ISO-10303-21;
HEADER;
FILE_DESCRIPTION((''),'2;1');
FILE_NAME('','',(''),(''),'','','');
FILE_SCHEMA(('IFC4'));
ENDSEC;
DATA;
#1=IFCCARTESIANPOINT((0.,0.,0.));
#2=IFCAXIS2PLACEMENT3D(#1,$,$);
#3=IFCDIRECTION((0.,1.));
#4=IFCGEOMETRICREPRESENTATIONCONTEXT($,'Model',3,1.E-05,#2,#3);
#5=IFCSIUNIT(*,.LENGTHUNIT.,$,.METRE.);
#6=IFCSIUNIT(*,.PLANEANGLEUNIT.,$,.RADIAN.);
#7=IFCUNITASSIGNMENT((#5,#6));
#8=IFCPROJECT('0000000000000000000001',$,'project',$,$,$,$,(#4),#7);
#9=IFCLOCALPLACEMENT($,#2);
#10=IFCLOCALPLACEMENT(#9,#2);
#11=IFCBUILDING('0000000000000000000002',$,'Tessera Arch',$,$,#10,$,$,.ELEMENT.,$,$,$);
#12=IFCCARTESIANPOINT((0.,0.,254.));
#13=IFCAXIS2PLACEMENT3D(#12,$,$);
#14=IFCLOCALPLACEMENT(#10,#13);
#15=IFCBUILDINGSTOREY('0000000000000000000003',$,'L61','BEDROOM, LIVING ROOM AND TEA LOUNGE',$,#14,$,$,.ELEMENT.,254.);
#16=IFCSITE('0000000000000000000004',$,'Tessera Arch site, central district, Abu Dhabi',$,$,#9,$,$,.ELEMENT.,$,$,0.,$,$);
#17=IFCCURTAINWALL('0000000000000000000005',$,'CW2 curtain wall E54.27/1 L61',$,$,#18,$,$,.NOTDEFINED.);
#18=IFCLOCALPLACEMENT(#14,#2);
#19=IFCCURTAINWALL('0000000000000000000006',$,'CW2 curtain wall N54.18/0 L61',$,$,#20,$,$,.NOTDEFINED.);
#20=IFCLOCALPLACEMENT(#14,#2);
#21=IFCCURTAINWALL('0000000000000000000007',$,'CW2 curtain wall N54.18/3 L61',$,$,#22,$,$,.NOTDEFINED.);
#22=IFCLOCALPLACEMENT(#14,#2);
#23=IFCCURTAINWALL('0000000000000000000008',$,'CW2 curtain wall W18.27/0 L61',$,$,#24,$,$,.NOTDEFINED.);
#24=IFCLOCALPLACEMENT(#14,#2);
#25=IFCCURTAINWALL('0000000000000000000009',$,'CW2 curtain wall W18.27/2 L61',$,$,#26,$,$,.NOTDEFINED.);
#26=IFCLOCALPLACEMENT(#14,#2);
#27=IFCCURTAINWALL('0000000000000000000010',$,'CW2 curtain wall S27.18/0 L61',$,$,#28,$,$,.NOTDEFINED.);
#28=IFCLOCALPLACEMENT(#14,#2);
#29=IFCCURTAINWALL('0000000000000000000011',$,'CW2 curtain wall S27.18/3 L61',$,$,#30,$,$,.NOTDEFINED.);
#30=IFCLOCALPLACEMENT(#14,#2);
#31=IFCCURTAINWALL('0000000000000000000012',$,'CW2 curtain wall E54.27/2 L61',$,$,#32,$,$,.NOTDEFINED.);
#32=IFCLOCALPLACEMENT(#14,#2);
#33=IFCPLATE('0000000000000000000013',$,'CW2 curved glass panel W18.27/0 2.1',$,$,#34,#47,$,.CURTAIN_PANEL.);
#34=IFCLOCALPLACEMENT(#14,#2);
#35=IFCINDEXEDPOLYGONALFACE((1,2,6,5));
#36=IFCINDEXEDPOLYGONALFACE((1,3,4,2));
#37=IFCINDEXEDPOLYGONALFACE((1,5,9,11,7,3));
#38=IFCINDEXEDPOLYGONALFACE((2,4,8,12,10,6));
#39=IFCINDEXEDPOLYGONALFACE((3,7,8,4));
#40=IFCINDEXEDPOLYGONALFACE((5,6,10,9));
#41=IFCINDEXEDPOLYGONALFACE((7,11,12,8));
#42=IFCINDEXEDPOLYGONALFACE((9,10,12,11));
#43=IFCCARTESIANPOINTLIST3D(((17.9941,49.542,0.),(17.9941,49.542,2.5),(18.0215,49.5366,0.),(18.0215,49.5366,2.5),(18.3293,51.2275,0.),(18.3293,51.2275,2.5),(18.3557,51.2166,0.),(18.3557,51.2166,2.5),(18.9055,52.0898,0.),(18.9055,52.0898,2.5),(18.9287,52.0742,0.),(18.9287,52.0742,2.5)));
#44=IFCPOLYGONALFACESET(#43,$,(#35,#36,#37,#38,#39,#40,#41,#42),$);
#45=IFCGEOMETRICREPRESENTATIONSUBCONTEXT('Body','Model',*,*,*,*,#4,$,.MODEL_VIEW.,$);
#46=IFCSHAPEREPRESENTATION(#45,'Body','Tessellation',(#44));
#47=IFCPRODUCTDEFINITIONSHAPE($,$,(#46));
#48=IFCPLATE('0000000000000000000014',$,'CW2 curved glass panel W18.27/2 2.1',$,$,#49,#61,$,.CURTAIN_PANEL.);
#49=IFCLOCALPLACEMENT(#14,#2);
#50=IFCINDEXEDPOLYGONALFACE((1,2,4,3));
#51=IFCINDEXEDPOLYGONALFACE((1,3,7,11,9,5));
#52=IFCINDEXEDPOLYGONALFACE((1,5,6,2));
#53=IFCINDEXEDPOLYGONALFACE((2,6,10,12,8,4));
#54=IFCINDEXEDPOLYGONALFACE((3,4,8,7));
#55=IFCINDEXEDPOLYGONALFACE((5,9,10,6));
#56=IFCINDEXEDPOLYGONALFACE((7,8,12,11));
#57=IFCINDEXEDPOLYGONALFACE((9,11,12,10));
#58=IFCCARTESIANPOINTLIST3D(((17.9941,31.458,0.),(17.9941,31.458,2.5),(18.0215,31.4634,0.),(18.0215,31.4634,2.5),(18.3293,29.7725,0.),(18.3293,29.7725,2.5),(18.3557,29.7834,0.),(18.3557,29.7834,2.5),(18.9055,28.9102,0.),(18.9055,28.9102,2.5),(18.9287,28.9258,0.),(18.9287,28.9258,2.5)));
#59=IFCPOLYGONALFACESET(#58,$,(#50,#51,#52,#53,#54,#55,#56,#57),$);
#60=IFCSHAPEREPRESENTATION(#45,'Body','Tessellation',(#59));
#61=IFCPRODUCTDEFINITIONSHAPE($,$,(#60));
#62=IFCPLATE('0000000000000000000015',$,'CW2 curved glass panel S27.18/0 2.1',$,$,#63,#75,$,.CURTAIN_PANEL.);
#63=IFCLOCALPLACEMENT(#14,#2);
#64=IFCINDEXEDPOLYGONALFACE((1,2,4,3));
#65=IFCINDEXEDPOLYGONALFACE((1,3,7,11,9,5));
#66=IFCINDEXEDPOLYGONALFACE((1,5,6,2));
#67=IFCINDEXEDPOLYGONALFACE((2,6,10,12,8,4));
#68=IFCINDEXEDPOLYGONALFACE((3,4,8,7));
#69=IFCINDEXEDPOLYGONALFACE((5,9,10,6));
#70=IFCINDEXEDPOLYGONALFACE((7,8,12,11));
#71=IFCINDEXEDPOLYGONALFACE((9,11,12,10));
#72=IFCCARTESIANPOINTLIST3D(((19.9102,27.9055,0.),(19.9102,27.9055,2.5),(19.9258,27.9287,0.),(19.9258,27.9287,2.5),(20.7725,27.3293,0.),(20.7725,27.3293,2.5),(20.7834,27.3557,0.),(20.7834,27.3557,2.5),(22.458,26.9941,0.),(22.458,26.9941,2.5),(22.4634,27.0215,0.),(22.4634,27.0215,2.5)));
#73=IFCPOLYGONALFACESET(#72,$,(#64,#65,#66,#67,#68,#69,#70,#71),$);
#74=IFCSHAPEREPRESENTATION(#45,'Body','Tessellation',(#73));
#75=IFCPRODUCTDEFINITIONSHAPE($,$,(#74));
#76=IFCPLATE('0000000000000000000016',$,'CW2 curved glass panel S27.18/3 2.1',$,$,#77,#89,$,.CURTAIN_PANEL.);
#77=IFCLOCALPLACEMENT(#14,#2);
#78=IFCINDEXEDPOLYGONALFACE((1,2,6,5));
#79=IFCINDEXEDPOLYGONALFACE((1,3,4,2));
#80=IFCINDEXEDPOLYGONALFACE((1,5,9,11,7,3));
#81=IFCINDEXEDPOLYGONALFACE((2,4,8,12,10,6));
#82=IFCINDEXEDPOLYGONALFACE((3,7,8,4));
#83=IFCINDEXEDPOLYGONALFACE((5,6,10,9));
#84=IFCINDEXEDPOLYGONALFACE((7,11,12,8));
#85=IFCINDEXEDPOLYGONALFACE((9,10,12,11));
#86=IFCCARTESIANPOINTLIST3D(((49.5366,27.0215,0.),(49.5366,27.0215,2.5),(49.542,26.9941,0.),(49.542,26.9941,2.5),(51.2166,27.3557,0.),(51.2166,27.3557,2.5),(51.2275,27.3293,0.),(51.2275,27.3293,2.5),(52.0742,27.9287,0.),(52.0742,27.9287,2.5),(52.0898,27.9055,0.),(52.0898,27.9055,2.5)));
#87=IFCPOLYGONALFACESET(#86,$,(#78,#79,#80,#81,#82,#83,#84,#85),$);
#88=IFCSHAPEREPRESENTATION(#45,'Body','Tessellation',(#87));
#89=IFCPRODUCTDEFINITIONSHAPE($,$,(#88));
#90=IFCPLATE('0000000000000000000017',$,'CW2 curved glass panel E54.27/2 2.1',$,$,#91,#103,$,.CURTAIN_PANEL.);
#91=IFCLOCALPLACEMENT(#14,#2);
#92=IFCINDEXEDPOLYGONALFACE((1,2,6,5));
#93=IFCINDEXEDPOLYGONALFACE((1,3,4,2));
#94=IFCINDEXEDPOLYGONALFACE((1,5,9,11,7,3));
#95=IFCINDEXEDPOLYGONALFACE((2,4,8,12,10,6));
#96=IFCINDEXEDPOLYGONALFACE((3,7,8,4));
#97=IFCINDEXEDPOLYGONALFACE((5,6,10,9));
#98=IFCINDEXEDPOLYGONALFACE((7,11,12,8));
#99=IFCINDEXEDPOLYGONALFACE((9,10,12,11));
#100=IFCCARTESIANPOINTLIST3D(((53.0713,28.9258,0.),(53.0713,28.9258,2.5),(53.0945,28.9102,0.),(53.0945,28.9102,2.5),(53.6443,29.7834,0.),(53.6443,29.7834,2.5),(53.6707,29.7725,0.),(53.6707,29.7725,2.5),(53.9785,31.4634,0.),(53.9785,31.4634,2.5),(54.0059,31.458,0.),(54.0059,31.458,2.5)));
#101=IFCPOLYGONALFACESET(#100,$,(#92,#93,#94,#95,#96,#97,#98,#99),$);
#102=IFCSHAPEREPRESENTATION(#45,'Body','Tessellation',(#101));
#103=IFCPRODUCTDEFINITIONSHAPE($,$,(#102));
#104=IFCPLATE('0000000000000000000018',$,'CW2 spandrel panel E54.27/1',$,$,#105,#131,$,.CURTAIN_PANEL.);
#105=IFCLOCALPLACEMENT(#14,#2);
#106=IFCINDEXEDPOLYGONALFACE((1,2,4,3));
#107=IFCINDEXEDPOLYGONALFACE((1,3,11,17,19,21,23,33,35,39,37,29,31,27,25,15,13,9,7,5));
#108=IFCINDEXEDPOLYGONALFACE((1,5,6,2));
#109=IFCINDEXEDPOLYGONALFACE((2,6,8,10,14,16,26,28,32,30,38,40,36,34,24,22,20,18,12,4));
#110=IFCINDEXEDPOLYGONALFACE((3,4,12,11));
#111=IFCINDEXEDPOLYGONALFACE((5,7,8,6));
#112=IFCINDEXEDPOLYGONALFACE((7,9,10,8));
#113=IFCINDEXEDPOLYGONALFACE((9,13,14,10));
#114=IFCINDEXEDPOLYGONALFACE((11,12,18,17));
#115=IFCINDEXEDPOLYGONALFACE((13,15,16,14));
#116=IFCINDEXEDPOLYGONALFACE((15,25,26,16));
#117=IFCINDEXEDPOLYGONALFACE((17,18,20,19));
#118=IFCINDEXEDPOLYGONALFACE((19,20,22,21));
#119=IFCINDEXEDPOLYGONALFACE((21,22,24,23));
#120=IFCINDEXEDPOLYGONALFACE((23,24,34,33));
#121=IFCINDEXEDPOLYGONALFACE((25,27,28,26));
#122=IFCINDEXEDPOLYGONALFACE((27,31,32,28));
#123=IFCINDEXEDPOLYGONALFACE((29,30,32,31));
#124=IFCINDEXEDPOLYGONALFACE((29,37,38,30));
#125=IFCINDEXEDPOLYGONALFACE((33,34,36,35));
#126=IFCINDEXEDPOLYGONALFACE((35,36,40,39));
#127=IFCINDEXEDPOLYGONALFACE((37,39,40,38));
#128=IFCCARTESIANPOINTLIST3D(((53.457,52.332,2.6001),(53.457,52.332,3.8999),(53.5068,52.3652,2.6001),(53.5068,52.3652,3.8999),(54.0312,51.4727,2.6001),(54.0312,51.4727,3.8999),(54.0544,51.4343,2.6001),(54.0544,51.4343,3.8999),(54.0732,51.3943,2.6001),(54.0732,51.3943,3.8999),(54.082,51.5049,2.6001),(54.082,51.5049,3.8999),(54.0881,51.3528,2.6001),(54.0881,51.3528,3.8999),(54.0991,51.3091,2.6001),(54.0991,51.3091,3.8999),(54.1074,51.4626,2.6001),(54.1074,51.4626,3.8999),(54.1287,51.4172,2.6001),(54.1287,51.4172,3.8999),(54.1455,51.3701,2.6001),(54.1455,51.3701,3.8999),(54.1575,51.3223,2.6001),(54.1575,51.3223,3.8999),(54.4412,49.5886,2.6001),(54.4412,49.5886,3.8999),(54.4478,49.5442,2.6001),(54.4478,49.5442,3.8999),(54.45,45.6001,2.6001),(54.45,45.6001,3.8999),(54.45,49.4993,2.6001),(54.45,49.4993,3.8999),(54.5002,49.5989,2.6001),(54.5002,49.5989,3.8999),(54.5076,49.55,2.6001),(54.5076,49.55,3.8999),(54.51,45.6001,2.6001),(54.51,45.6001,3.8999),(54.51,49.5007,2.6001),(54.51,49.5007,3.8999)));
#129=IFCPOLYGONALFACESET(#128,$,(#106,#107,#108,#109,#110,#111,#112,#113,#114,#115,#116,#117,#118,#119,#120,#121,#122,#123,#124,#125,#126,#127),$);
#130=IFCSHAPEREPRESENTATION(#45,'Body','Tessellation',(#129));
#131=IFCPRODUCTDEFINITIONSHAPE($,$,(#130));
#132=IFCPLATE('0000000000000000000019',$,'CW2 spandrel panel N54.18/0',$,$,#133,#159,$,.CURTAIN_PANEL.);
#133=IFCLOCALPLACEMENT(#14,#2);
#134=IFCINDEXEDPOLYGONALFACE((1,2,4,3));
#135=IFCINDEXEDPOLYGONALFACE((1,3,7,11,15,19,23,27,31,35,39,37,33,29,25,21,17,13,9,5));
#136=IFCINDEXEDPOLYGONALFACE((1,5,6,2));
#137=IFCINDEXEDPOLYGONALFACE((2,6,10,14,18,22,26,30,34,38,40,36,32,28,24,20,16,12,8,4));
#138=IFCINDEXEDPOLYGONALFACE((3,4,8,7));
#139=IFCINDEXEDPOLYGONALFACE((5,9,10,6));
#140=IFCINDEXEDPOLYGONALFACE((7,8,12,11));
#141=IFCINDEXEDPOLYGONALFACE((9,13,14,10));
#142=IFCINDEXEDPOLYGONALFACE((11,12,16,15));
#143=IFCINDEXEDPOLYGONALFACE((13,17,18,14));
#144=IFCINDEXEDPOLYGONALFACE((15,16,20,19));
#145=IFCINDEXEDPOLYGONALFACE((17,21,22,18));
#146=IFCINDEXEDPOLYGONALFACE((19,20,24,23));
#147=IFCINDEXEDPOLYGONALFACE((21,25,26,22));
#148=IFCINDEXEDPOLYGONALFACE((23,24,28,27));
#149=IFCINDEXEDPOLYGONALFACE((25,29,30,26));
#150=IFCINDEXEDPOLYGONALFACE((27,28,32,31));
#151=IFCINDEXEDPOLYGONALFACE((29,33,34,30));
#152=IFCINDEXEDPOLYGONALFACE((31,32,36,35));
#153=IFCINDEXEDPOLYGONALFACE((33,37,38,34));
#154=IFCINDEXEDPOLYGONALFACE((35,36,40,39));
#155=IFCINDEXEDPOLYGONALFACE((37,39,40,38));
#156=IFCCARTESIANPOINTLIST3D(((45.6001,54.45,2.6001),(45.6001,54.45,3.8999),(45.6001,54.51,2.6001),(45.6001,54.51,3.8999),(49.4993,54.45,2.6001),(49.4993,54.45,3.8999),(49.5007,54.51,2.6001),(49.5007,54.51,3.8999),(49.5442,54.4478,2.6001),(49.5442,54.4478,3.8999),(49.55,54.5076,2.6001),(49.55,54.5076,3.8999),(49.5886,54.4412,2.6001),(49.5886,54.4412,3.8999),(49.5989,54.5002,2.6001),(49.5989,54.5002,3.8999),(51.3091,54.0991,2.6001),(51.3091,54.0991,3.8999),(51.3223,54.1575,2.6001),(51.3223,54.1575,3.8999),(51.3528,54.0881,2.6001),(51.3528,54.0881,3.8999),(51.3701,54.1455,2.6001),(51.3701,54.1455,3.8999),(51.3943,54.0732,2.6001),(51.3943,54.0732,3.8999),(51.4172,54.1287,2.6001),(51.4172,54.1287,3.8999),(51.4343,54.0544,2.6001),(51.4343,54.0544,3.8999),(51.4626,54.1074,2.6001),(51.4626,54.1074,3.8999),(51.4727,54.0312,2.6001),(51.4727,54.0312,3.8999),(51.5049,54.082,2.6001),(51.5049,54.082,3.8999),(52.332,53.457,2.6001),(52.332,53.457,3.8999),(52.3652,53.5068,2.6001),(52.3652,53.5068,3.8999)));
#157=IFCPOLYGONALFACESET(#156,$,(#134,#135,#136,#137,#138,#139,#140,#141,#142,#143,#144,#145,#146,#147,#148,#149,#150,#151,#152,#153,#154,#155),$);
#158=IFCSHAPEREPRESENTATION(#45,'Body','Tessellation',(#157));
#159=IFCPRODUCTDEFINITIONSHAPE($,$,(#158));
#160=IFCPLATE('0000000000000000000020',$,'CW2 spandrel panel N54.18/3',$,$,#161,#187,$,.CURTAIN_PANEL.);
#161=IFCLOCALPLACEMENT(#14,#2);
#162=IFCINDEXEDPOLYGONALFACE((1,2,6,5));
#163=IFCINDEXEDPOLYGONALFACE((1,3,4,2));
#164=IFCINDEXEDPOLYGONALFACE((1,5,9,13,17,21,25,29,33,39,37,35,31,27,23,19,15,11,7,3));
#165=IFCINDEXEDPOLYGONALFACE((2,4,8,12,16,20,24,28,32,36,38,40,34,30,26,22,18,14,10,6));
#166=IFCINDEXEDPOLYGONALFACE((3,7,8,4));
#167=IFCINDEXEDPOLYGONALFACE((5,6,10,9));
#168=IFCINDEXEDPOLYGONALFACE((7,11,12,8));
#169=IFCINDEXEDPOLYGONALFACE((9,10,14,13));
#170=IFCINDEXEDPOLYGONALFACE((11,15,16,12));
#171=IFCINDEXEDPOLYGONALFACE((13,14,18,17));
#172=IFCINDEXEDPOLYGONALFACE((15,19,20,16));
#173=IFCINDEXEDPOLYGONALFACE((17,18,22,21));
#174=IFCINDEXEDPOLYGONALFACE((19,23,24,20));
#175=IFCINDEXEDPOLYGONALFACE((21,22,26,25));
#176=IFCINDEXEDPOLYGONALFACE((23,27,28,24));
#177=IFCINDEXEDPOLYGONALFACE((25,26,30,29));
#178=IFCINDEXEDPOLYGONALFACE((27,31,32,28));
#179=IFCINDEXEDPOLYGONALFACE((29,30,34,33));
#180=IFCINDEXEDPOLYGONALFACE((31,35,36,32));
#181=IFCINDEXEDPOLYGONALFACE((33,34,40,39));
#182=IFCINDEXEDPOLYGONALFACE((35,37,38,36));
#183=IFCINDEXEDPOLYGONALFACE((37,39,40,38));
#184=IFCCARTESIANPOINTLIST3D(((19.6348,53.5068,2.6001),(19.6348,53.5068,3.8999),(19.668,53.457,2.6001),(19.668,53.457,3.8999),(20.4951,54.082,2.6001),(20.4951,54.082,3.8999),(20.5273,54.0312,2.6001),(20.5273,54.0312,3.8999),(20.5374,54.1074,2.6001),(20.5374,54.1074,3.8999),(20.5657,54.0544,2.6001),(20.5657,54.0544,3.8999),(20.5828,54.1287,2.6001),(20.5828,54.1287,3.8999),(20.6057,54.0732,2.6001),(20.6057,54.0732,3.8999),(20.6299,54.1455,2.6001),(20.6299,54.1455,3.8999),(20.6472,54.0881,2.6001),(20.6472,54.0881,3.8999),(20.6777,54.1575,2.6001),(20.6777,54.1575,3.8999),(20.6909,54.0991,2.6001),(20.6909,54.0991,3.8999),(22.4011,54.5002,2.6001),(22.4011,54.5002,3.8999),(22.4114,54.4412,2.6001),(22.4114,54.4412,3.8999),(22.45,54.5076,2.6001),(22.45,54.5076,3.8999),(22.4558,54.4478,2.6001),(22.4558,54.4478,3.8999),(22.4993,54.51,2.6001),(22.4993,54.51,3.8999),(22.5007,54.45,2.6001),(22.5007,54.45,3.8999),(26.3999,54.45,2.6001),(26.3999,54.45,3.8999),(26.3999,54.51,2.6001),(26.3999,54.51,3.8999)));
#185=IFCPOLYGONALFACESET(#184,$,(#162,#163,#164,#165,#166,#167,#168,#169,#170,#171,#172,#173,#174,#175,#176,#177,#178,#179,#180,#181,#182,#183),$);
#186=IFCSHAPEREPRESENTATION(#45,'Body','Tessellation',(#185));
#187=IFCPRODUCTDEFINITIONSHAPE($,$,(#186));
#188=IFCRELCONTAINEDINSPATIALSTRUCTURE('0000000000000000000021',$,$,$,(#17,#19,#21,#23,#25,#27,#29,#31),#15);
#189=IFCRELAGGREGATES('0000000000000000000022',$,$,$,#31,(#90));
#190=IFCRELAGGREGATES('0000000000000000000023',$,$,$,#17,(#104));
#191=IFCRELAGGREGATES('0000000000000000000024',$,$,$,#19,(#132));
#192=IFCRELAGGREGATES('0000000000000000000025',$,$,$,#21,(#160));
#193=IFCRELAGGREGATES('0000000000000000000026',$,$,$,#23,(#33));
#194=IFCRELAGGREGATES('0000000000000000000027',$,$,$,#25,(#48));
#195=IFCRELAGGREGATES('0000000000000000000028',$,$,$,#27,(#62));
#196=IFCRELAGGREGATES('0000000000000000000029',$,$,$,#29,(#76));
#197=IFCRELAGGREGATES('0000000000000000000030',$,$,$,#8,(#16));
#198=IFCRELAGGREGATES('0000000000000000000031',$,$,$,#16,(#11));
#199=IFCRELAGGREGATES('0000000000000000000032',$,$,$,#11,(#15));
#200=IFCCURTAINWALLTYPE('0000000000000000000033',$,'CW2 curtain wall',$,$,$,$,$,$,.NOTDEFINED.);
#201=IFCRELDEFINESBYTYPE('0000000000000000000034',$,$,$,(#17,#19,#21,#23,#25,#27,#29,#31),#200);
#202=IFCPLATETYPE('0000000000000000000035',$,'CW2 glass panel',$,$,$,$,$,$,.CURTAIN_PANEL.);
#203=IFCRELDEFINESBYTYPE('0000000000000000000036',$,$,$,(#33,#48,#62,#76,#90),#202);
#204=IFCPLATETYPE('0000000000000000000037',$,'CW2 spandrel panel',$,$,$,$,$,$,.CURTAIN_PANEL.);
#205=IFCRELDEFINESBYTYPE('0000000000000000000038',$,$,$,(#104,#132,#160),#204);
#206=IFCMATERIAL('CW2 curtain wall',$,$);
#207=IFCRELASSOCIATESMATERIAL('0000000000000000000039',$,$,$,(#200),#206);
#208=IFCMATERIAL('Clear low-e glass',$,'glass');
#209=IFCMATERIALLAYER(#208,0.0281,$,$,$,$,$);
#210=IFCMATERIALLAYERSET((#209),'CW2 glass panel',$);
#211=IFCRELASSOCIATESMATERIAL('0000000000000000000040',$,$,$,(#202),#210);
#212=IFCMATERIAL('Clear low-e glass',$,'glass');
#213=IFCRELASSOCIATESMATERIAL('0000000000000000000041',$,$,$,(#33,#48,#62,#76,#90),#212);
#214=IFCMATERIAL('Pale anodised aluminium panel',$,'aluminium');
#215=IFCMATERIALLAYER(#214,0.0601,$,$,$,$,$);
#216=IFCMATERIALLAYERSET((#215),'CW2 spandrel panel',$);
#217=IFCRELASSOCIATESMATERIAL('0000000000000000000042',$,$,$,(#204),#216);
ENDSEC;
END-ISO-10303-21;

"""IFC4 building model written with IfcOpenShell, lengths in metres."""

from ifc_helpers import new_model, si_unit, direction, frame, origin, place, context, subcontext, project, spatial, polyline, outline, extrude, material, layer, layer_set, type_object, element, aggregate, save


model = new_model("IFC4")

# Units and contexts
model_context = context("Model", 3, precision=1e-05, world=origin(), true_north=direction((0.0, 1.0)))
body_context = subcontext(model_context, "Body", "Model", "MODEL_VIEW")
ifc_project = project(units=[si_unit("LENGTHUNIT", "METRE"), si_unit("PLANEANGLEUNIT", "RADIAN")], contexts=[model_context])

# Site, building, storey
site_placement = place(None, origin())
site = spatial("IfcSite", under=ifc_project, at=site_placement, Name="Tessera Arch site, central district, Abu Dhabi", CompositionType="ELEMENT", RefElevation=0.0)
building_placement = place(site_placement, origin())
building = spatial("IfcBuilding", under=site, at=building_placement, Name="Tessera Arch", CompositionType="ELEMENT")
storey_placement = place(building_placement, frame((0.0, 0.0, 254.0)))
storey = spatial("IfcBuildingStorey", under=building, at=storey_placement, Name="L61", Description="BEDROOM, LIVING ROOM AND TEA LOUNGE", CompositionType="ELEMENT", Elevation=254.0)

# Curtain walls
ifc_material_1 = material(Name="CW2 curtain wall")
curtain_wall_type = type_object("IfcCurtainWallType", Name="CW2 curtain wall", PredefinedType="NOTDEFINED", material=ifc_material_1)
curtain_wall_1_placement = place(storey_placement, origin())
curtain_wall_1 = element("IfcCurtainWall", 1, at=curtain_wall_1_placement, inside=storey, type_object=curtain_wall_type, Name="CW2 curtain wall E54.27/1 L61", PredefinedType="NOTDEFINED")
curtain_wall_2_placement = place(storey_placement, origin())
curtain_wall_2 = element("IfcCurtainWall", 2, at=curtain_wall_2_placement, inside=storey, type_object=curtain_wall_type, Name="CW2 curtain wall N54.18/0 L61", PredefinedType="NOTDEFINED")
curtain_wall_3_placement = place(storey_placement, origin())
curtain_wall_3 = element("IfcCurtainWall", 3, at=curtain_wall_3_placement, inside=storey, type_object=curtain_wall_type, Name="CW2 curtain wall N54.18/3 L61", PredefinedType="NOTDEFINED")
curtain_wall_4_placement = place(storey_placement, origin())
curtain_wall_4 = element("IfcCurtainWall", 4, at=curtain_wall_4_placement, inside=storey, type_object=curtain_wall_type, Name="CW2 curtain wall W18.27/0 L61", PredefinedType="NOTDEFINED")
curtain_wall_5_placement = place(storey_placement, origin())
curtain_wall_5 = element("IfcCurtainWall", 5, at=curtain_wall_5_placement, inside=storey, type_object=curtain_wall_type, Name="CW2 curtain wall W18.27/2 L61", PredefinedType="NOTDEFINED")
curtain_wall_6_placement = place(storey_placement, origin())
curtain_wall_6 = element("IfcCurtainWall", 6, at=curtain_wall_6_placement, inside=storey, type_object=curtain_wall_type, Name="CW2 curtain wall S27.18/0 L61", PredefinedType="NOTDEFINED")
curtain_wall_7_placement = place(storey_placement, origin())
curtain_wall_7 = element("IfcCurtainWall", 7, at=curtain_wall_7_placement, inside=storey, type_object=curtain_wall_type, Name="CW2 curtain wall S27.18/3 L61", PredefinedType="NOTDEFINED")
curtain_wall_8_placement = place(storey_placement, origin())
curtain_wall_8 = element("IfcCurtainWall", 8, at=curtain_wall_8_placement, inside=storey, type_object=curtain_wall_type, Name="CW2 curtain wall E54.27/2 L61", PredefinedType="NOTDEFINED")

# Plates
ifc_material_2 = material(Name="Clear low-e glass", Category="glass")
ifc_material_3 = material(Name="Clear low-e glass", Category="glass")
ifc_layer_1 = layer(ifc_material_3, 0.0281)
ifc_layer_set_1 = layer_set([ifc_layer_1], Name="CW2 glass panel")
plate_type_1 = type_object("IfcPlateType", Name="CW2 glass panel", PredefinedType="CURTAIN_PANEL", material=ifc_layer_set_1)
plate_1_placement = place(storey_placement, origin())
plate_1 = element("IfcPlate", 9, at=plate_1_placement, type_object=plate_type_1, material=ifc_material_2, Name="CW2 curved glass panel W18.27/0 2.1", PredefinedType="CURTAIN_PANEL", context=body_context, shape_type="SweptSolid", body=[
    extrude(outline(polyline([(18.3557, 51.2166), (18.9287, 52.0742), (18.9055, 52.0898), (18.3293, 51.2275), (17.9941, 49.542), (18.0215, 49.5366), (18.3557, 51.2166)])), origin(), (0.0, 0.0, 1.0), 2.5),
])
plate_2_placement = place(storey_placement, origin())
plate_2 = element("IfcPlate", 10, at=plate_2_placement, type_object=plate_type_1, material=ifc_material_2, Name="CW2 curved glass panel W18.27/2 2.1", PredefinedType="CURTAIN_PANEL", context=body_context, shape_type="SweptSolid", body=[
    extrude(outline(polyline([(18.3557, 29.7834), (18.0215, 31.4634), (17.9941, 31.458), (18.3293, 29.7725), (18.9055, 28.9102), (18.9287, 28.9258), (18.3557, 29.7834)])), origin(), (0.0, 0.0, 1.0), 2.5),
])
plate_3_placement = place(storey_placement, origin())
plate_3 = element("IfcPlate", 11, at=plate_3_placement, type_object=plate_type_1, material=ifc_material_2, Name="CW2 curved glass panel S27.18/0 2.1", PredefinedType="CURTAIN_PANEL", context=body_context, shape_type="SweptSolid", body=[
    extrude(outline(polyline([(20.7834, 27.3557), (19.9258, 27.9287), (19.9102, 27.9055), (20.7725, 27.3293), (22.458, 26.9941), (22.4634, 27.0215), (20.7834, 27.3557)])), origin(), (0.0, 0.0, 1.0), 2.5),
])
plate_4_placement = place(storey_placement, origin())
plate_4 = element("IfcPlate", 12, at=plate_4_placement, type_object=plate_type_1, material=ifc_material_2, Name="CW2 curved glass panel S27.18/3 2.1", PredefinedType="CURTAIN_PANEL", context=body_context, shape_type="SweptSolid", body=[
    extrude(outline(polyline([(51.2166, 27.3557), (49.5366, 27.0215), (49.542, 26.9941), (51.2275, 27.3293), (52.0898, 27.9055), (52.0742, 27.9287), (51.2166, 27.3557)])), origin(), (0.0, 0.0, 1.0), 2.5),
])
plate_5_placement = place(storey_placement, origin())
plate_5 = element("IfcPlate", 13, at=plate_5_placement, type_object=plate_type_1, material=ifc_material_2, Name="CW2 curved glass panel E54.27/2 2.1", PredefinedType="CURTAIN_PANEL", context=body_context, shape_type="SweptSolid", body=[
    extrude(outline(polyline([(53.6443, 29.7834), (53.0713, 28.9258), (53.0945, 28.9102), (53.6707, 29.7725), (54.0059, 31.458), (53.9785, 31.4634), (53.6443, 29.7834)])), origin(), (0.0, 0.0, 1.0), 2.5),
])
aggregate(curtain_wall_8, [plate_5])
ifc_material_4 = material(Name="Pale anodised aluminium panel", Category="aluminium")
ifc_layer_2 = layer(ifc_material_4, 0.0601)
ifc_layer_set_2 = layer_set([ifc_layer_2], Name="CW2 spandrel panel")
plate_type_2 = type_object("IfcPlateType", Name="CW2 spandrel panel", PredefinedType="CURTAIN_PANEL", material=ifc_layer_set_2)
plate_6_placement = place(storey_placement, frame((0.0, 0.0, 2.6001)))
plate_6 = element("IfcPlate", 14, at=plate_6_placement, type_object=plate_type_2, Name="CW2 spandrel panel E54.27/1", PredefinedType="CURTAIN_PANEL", context=body_context, shape_type="SweptSolid", body=[
    extrude(outline(polyline([(54.45, 49.4993), (54.45, 45.6001), (54.51, 45.6001), (54.51, 49.5007), (54.5076, 49.55), (54.5002, 49.5989), (54.1575, 51.3223), (54.1455, 51.3701), (54.1287, 51.4172), (54.1074, 51.4626), (54.082, 51.5049), (53.5068, 52.3652), (53.457, 52.332), (54.0312, 51.4727), (54.0544, 51.4343), (54.0732, 51.3943), (54.0881, 51.3528), (54.0991, 51.3091), (54.4412, 49.5886), (54.4478, 49.5442), (54.45, 49.4993)])), origin(), (0.0, 0.0, 1.0), 1.2998),
])
aggregate(curtain_wall_1, [plate_6])
plate_7_placement = place(storey_placement, frame((0.0, 0.0, 2.6001)))
plate_7 = element("IfcPlate", 15, at=plate_7_placement, type_object=plate_type_2, Name="CW2 spandrel panel N54.18/0", PredefinedType="CURTAIN_PANEL", context=body_context, shape_type="SweptSolid", body=[
    extrude(outline(polyline([(51.4727, 54.0312), (52.332, 53.457), (52.3652, 53.5068), (51.5049, 54.082), (51.4626, 54.1074), (51.4172, 54.1287), (51.3701, 54.1455), (51.3223, 54.1575), (49.5989, 54.5002), (49.55, 54.5076), (49.5007, 54.51), (45.6001, 54.51), (45.6001, 54.45), (49.4993, 54.45), (49.5442, 54.4478), (49.5886, 54.4412), (51.3091, 54.0991), (51.3528, 54.0881), (51.3943, 54.0732), (51.4343, 54.0544), (51.4727, 54.0312)])), origin(), (0.0, 0.0, 1.0), 1.2998),
])
aggregate(curtain_wall_2, [plate_7])
plate_8_placement = place(storey_placement, frame((0.0, 0.0, 2.6001)))
plate_8 = element("IfcPlate", 16, at=plate_8_placement, type_object=plate_type_2, Name="CW2 spandrel panel N54.18/3", PredefinedType="CURTAIN_PANEL", context=body_context, shape_type="SweptSolid", body=[
    extrude(outline(polyline([(22.5007, 54.45), (26.3999, 54.45), (26.3999, 54.51), (22.4993, 54.51), (22.45, 54.5076), (22.4011, 54.5002), (20.6777, 54.1575), (20.6299, 54.1455), (20.5828, 54.1287), (20.5374, 54.1074), (20.4951, 54.082), (19.6348, 53.5068), (19.668, 53.457), (20.5273, 54.0312), (20.5657, 54.0544), (20.6057, 54.0732), (20.6472, 54.0881), (20.6909, 54.0991), (22.4114, 54.4412), (22.4558, 54.4478), (22.5007, 54.45)])), origin(), (0.0, 0.0, 1.0), 1.2998),
])
aggregate(curtain_wall_3, [plate_8])
aggregate(curtain_wall_4, [plate_1])
aggregate(curtain_wall_5, [plate_2])
aggregate(curtain_wall_6, [plate_3])
aggregate(curtain_wall_7, [plate_4])

save(model, "model.ifc")
